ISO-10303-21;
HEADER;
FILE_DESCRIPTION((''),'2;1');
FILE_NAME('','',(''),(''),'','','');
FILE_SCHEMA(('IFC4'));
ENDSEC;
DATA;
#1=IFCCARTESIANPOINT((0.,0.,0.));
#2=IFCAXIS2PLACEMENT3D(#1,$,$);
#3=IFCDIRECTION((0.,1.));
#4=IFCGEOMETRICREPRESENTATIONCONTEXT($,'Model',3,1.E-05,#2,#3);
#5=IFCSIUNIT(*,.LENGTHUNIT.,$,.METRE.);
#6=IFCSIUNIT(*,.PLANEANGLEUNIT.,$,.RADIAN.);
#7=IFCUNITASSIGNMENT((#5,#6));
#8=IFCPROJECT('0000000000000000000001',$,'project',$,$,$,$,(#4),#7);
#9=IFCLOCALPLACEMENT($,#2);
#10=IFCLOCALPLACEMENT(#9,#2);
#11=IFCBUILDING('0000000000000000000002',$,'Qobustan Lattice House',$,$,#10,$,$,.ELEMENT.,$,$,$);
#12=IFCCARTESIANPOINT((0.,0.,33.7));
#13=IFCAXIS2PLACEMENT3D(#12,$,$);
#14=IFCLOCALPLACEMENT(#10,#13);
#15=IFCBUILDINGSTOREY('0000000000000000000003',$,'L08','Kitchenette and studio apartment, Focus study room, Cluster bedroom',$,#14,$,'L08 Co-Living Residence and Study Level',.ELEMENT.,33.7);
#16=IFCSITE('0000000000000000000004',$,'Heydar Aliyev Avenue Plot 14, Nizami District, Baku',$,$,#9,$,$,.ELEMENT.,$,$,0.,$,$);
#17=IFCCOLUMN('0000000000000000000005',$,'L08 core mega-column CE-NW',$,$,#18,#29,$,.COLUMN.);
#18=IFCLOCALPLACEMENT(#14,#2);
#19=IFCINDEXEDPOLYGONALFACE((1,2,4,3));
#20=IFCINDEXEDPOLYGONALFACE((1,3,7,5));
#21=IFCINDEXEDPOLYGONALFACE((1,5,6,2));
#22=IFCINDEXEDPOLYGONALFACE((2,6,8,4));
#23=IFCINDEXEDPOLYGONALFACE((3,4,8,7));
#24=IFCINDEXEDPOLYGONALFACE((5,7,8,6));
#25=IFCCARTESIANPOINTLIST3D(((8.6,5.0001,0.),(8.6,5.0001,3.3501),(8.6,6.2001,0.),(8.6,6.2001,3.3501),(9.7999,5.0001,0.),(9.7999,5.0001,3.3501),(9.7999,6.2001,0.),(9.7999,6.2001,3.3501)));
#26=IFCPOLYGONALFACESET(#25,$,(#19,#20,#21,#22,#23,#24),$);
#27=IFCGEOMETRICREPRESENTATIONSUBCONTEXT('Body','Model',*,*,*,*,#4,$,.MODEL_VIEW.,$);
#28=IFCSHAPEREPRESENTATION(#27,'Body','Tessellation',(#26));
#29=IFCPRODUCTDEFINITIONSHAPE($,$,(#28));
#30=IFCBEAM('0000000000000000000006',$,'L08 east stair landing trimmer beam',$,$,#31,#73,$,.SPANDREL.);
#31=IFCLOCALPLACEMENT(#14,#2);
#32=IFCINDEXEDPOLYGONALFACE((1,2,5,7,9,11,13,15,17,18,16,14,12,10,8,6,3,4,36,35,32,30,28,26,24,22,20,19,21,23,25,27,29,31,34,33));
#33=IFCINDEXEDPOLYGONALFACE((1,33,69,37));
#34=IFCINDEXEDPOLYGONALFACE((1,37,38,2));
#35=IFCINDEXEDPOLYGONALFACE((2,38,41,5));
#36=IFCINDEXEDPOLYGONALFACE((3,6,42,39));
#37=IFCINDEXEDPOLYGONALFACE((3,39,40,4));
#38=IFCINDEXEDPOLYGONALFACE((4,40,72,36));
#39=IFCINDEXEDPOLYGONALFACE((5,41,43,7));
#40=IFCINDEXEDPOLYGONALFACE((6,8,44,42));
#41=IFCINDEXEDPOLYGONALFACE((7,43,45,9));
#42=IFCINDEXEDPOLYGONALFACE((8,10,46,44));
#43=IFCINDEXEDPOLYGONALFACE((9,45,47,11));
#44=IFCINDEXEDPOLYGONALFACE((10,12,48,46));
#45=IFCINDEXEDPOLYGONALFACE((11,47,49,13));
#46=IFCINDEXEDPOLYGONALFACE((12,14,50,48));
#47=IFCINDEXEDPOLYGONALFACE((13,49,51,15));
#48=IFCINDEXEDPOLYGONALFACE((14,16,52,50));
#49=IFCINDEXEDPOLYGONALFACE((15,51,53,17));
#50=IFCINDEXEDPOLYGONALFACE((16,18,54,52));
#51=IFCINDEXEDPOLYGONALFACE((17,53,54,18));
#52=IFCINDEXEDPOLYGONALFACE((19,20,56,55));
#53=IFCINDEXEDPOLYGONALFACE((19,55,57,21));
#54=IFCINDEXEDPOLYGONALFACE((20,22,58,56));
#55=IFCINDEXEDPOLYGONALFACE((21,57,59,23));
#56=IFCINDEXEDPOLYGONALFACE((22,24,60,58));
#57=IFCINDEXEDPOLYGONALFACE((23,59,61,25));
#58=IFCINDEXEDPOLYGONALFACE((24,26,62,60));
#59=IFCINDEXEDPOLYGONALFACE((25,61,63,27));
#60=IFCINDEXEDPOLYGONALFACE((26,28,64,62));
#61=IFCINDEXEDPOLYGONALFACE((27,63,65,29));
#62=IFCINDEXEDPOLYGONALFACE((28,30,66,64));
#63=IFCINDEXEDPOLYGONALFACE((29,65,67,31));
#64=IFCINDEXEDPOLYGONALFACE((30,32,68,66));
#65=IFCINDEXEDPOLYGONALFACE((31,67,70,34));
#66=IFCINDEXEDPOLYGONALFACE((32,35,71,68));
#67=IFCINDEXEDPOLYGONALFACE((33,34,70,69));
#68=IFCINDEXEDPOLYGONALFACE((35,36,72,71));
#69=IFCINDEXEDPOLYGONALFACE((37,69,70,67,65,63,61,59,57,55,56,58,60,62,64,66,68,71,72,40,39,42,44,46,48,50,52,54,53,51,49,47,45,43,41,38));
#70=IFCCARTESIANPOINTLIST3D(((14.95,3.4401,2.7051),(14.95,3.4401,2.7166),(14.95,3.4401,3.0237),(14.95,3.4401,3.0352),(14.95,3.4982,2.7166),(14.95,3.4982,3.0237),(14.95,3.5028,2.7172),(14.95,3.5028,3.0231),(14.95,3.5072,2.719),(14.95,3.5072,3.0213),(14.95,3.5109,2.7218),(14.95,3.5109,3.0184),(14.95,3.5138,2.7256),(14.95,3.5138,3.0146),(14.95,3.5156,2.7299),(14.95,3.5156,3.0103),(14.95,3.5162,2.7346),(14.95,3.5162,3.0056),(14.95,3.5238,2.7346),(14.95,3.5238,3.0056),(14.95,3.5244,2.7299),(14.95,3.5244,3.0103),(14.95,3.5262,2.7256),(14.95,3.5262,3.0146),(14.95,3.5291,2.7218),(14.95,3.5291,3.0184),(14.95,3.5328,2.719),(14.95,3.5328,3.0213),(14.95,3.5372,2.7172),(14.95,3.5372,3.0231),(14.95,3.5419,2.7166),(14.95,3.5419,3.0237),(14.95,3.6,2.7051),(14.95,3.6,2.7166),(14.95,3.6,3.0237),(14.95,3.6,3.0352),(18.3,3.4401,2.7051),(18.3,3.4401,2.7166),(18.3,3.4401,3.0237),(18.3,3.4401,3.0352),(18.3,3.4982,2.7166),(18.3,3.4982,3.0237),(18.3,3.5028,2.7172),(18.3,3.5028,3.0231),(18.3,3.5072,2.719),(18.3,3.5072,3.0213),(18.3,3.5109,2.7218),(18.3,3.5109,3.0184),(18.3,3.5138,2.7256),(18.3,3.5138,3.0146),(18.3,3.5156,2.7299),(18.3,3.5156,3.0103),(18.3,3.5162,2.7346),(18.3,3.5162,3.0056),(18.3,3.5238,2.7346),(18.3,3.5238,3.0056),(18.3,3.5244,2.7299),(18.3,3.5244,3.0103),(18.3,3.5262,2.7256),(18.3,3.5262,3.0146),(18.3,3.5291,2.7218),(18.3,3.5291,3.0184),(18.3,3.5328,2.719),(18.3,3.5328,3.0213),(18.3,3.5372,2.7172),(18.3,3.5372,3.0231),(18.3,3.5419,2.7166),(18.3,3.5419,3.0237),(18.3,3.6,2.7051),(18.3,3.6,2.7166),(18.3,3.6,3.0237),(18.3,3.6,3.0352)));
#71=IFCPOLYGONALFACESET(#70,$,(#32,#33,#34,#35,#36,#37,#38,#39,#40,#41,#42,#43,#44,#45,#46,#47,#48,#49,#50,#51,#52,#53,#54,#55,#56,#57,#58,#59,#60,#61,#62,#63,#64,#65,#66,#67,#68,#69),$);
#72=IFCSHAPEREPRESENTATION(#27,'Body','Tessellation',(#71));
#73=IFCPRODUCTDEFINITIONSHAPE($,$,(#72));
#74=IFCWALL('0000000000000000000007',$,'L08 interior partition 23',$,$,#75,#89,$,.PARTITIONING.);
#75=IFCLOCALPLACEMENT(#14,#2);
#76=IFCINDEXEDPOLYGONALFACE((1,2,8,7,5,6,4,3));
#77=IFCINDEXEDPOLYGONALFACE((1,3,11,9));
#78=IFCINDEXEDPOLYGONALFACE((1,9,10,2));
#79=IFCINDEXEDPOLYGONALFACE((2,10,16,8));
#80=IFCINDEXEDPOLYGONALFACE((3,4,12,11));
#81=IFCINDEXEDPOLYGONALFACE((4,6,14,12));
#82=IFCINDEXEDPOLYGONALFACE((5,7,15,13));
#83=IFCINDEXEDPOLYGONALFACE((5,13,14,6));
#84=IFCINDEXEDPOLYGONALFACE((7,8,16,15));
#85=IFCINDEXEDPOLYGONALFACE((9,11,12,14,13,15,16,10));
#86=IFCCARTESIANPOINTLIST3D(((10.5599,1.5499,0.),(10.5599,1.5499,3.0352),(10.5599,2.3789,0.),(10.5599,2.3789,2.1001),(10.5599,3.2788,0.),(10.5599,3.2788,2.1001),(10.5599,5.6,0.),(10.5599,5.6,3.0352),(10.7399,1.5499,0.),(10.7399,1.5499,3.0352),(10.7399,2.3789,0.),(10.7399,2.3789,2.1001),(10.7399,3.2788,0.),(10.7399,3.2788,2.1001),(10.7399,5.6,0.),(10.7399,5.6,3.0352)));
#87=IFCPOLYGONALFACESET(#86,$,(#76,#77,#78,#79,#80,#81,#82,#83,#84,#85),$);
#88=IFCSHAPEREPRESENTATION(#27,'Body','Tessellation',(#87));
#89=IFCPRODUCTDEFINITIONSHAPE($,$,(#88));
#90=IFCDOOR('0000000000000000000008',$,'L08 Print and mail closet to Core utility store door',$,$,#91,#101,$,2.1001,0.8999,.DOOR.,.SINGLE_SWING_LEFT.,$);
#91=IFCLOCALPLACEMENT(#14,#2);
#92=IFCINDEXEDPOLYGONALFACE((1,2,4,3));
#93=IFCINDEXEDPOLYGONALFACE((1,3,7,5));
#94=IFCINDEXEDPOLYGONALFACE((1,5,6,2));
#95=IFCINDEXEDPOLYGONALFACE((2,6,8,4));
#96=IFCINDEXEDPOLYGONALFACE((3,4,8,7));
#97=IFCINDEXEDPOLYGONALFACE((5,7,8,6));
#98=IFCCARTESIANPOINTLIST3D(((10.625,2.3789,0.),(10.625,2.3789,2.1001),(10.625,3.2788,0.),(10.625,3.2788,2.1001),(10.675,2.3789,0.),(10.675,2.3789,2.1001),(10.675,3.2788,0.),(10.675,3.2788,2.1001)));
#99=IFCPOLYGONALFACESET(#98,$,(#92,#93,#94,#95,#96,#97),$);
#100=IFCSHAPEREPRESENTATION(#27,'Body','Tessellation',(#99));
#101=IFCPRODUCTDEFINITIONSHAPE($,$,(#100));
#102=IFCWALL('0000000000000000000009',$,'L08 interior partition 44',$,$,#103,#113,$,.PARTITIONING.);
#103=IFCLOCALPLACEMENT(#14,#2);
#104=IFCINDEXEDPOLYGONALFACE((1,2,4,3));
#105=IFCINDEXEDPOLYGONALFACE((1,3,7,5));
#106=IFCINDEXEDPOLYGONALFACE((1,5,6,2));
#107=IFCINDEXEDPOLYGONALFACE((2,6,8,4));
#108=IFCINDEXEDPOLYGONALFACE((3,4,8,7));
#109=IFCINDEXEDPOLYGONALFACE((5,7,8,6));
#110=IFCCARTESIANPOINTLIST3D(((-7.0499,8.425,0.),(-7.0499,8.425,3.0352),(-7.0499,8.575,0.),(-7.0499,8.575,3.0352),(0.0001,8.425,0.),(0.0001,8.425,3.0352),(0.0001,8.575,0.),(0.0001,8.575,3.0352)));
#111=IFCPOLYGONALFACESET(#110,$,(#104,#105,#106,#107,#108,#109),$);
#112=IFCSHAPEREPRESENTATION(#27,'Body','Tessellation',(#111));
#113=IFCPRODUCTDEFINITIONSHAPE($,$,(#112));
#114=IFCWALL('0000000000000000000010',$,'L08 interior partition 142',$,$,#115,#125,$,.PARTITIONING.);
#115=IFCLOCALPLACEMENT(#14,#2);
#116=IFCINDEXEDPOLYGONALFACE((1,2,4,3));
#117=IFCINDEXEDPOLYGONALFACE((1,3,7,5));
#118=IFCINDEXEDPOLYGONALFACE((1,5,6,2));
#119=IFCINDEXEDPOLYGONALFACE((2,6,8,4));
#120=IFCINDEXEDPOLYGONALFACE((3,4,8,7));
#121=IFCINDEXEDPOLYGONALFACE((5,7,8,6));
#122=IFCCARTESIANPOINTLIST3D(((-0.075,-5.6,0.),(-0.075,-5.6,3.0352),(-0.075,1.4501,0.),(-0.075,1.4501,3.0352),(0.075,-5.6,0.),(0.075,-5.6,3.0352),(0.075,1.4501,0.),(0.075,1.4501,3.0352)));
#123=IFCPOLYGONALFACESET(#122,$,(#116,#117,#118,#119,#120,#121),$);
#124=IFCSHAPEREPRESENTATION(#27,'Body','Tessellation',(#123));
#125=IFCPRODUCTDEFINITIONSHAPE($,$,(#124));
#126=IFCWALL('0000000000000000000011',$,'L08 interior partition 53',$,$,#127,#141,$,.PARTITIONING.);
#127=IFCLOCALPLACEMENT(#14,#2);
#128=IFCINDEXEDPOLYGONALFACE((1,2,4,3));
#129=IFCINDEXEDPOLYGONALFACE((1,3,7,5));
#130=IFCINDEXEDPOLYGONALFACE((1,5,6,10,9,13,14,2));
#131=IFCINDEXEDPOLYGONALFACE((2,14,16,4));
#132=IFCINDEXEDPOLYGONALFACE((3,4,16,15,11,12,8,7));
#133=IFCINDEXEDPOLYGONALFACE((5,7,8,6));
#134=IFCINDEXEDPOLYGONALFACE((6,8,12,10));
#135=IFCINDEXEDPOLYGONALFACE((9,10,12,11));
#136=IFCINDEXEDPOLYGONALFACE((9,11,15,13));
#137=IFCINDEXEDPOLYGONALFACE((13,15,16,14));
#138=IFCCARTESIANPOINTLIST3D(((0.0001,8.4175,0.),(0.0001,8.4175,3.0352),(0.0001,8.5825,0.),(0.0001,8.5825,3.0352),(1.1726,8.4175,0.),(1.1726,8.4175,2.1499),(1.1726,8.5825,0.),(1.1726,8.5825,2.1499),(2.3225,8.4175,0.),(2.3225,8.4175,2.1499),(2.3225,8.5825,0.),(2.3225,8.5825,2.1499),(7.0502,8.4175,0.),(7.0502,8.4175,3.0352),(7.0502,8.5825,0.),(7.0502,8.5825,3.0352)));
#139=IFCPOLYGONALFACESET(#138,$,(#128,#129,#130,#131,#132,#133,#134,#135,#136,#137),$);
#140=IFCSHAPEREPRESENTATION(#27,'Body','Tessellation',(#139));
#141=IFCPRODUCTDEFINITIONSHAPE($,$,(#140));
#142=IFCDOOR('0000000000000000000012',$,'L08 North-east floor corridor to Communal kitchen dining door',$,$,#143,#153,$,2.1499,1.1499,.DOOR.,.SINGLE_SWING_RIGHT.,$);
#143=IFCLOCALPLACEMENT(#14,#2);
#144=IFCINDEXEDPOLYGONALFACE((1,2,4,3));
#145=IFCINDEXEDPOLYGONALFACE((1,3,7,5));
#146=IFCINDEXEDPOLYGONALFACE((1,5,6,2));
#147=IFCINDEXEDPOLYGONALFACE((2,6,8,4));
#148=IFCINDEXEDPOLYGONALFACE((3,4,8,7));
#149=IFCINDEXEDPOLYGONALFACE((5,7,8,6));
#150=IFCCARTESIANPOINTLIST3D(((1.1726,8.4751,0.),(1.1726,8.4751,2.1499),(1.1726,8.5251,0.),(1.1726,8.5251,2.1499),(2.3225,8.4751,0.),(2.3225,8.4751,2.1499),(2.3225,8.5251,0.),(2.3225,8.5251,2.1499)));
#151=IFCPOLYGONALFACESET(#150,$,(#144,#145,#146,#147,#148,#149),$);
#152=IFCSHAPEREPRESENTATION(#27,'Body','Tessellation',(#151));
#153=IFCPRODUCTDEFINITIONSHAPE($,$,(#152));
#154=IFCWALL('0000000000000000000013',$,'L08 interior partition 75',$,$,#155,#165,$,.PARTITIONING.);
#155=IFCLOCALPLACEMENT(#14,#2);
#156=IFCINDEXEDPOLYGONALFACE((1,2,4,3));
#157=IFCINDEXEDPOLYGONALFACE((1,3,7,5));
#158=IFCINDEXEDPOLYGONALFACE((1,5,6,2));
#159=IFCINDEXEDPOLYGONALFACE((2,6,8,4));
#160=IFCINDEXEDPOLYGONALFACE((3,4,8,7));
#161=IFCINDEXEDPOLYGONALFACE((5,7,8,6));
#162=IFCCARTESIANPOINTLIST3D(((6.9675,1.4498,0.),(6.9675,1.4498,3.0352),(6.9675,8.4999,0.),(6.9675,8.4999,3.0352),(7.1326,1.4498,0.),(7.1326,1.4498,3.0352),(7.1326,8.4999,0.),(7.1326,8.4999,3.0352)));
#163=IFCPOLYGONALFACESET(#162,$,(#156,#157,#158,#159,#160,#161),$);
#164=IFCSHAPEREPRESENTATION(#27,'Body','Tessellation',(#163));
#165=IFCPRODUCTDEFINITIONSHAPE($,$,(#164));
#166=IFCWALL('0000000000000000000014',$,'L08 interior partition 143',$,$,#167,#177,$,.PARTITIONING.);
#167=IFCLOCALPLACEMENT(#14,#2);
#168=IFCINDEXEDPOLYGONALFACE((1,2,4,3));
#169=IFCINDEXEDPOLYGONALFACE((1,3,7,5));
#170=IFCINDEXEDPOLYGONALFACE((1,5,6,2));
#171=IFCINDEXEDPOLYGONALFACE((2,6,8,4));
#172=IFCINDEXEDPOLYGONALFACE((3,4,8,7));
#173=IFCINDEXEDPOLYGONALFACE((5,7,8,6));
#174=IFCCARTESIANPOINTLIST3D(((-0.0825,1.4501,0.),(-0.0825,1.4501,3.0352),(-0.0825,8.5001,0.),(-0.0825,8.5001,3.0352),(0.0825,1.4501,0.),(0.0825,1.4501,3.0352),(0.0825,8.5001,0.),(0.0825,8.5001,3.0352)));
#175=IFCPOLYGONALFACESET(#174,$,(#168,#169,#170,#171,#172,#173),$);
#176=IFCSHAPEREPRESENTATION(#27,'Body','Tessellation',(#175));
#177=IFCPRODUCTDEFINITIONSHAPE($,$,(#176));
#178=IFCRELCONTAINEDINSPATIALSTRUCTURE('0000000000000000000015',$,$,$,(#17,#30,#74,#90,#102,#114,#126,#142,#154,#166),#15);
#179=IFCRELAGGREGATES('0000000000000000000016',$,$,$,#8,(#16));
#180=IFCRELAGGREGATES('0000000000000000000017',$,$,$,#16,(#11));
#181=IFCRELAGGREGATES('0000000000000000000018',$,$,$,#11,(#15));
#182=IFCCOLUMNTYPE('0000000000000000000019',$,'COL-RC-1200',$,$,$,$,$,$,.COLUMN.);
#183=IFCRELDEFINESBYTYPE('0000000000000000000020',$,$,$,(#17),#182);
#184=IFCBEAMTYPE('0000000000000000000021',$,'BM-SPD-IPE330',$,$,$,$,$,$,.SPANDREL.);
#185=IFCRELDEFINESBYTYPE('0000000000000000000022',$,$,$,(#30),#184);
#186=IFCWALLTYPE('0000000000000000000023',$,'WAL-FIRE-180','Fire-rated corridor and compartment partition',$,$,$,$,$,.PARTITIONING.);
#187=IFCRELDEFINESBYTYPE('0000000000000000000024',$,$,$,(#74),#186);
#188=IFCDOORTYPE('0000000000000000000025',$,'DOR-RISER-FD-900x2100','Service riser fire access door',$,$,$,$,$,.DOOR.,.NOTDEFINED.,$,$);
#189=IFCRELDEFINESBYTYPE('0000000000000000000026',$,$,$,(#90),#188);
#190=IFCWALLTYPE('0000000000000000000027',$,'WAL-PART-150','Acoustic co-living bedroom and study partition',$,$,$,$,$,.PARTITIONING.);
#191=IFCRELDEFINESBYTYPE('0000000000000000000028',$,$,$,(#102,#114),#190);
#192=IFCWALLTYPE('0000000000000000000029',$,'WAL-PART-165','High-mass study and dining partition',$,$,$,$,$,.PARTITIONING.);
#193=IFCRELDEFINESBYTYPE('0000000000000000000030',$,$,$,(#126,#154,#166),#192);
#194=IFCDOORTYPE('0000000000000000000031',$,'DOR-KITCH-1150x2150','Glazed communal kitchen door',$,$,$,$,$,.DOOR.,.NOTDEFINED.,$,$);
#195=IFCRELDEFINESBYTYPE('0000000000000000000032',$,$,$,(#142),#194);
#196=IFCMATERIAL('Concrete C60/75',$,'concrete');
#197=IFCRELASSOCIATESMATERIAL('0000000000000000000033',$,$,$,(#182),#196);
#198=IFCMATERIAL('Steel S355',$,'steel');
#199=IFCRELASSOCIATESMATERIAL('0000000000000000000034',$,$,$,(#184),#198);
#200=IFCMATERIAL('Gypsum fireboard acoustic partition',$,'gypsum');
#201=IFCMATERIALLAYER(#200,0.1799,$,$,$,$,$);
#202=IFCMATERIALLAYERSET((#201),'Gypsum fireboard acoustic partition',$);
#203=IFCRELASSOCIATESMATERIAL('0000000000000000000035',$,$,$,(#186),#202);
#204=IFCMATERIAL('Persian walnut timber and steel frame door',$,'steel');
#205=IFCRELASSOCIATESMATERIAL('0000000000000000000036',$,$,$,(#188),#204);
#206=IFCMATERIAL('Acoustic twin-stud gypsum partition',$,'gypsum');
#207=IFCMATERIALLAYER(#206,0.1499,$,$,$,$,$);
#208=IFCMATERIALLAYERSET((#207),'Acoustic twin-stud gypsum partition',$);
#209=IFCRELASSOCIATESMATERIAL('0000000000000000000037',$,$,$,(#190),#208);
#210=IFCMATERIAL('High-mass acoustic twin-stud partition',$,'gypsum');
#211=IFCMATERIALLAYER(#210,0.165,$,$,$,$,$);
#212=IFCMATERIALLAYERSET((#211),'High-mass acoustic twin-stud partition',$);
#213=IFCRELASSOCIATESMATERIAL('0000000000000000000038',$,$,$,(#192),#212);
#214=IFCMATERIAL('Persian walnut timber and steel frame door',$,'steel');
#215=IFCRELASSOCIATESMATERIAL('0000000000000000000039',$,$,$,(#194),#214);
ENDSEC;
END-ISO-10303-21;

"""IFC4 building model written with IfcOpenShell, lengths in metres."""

from ifc_helpers import new_model, si_unit, direction, frame, frame_2d, origin, origin_2d, place, context, subcontext, project, spatial, rectangle, i_section, extrude, material, layer, layer_set, material_profile, profile_set, type_object, element, fill, save


model = new_model("IFC4")

# Units and contexts
model_context = context("Model", 3, precision=1e-05, world=origin(), true_north=direction((0.0, 1.0)))
body_context = subcontext(model_context, "Body", "Model", "MODEL_VIEW")
ifc_project = project(units=[si_unit("LENGTHUNIT", "METRE"), si_unit("PLANEANGLEUNIT", "RADIAN")], contexts=[model_context])

# Site, building, storey
site_placement = place(None, origin())
site = spatial("IfcSite", under=ifc_project, at=site_placement, Name="Heydar Aliyev Avenue Plot 14, Nizami District, Baku", CompositionType="ELEMENT", RefElevation=0.0)
building_placement = place(site_placement, origin())
building = spatial("IfcBuilding", under=site, at=building_placement, Name="Qobustan Lattice House", CompositionType="ELEMENT")
storey_placement = place(building_placement, frame((0.0, 0.0, 33.7)))
storey = spatial("IfcBuildingStorey", under=building, at=storey_placement, Name="L08", Description="Kitchenette and studio apartment, Focus study room, Cluster bedroom", LongName="L08 Co-Living Residence and Study Level", CompositionType="ELEMENT", Elevation=33.7)

# Column
ifc_material_1 = material(Name="Concrete C60/75", Category="concrete")
ifc_material_profile_1 = material_profile(ifc_material_1, rectangle(XDim=1.2, YDim=1.2, at=origin_2d()), Name="RC1200x1200")
ifc_profile_set_1 = profile_set([ifc_material_profile_1], Name="Concrete C60/75")
column_type = type_object("IfcColumnType", Name="COL-RC-1200", PredefinedType="COLUMN", material=ifc_profile_set_1)
column_placement = place(storey_placement, frame((9.2, 5.6001, 0.0), z_axis=(0.0, 0.0, 1.0), x_axis=(1.0, 0.0, 0.0)))
element("IfcColumn", 1, at=column_placement, inside=storey, type_object=column_type, Name="L08 core mega-column CE-NW", PredefinedType="COLUMN", context=body_context, shape_type="SweptSolid", body=[
    extrude(rectangle(XDim=1.2, YDim=1.2, at=origin_2d()), origin(), (0.0, 0.0, 1.0), 3.3501),
])

# Beam
ifc_material_2 = material(Name="Steel S355", Category="steel")
ifc_material_profile_2 = material_profile(ifc_material_2, i_section(OverallWidth=0.1599, OverallDepth=0.3301, WebThickness=0.0076, FlangeThickness=0.0115, FilletRadius=0.0181, at=origin_2d()), Name="IPE330")
ifc_profile_set_2 = profile_set([ifc_material_profile_2], Name="Steel S355")
beam_type = type_object("IfcBeamType", Name="BM-SPD-IPE330", PredefinedType="SPANDREL", material=ifc_profile_set_2)
beam_placement = place(storey_placement, frame((14.95, 3.52, 2.8701), z_axis=(1.0, 0.0, 0.0), x_axis=(0.0, 1.0, 0.0)))
element("IfcBeam", 2, at=beam_placement, inside=storey, type_object=beam_type, Name="L08 east stair landing trimmer beam", PredefinedType="SPANDREL", context=body_context, shape_type="SweptSolid", body=[
    extrude(i_section(OverallWidth=0.1599, OverallDepth=0.3301, WebThickness=0.0076, FlangeThickness=0.0115, FilletRadius=0.0181, at=origin_2d()), origin(), (0.0, 0.0, 1.0), 3.3501),
])

# Wall, opening, door
ifc_material_3 = material(Name="Gypsum fireboard acoustic partition", Category="gypsum")
ifc_layer_1 = layer(ifc_material_3, 0.1799)
ifc_layer_set_1 = layer_set([ifc_layer_1], Name="Gypsum fireboard acoustic partition")
wall_type_1 = type_object("IfcWallType", Name="WAL-FIRE-180", Description="Fire-rated corridor and compartment partition", PredefinedType="PARTITIONING", material=ifc_layer_set_1)
wall_1_placement = place(storey_placement, frame((10.6499, 1.55, 0.0), z_axis=(0.0, 0.0, 1.0), x_axis=(0.0, 1.0, 0.0)))
wall_1 = element("IfcWall", 3, at=wall_1_placement, inside=storey, type_object=wall_type_1, Name="L08 interior partition 23", PredefinedType="PARTITIONING", context=body_context, shape_type="SweptSolid", body=[
    extrude(rectangle(XDim=4.05, YDim=0.1799, at=frame_2d((2.0249, 0.0))), origin(), (0.0, 0.0, 1.0), 3.0352),
])
opening_1_placement = place(wall_1_placement, frame((0.8289, 0.0, 0.0)))
opening_1 = element("IfcOpeningElement", 4, at=opening_1_placement, cuts=wall_1, PredefinedType="OPENING", context=body_context, shape_type="SweptSolid", body=[
    extrude(rectangle(XDim=0.8999, YDim=2.1001, at=frame_2d((0.45, 1.05))), frame((0.0, 0.0999, 0.0), z_axis=(0.0, -1.0, 0.0), x_axis=(1.0, 0.0, 0.0)), (0.0, 0.0, 1.0), 0.2),
])
ifc_material_4 = material(Name="Persian walnut timber and steel frame door", Category="steel")
door_type_1 = type_object("IfcDoorType", Name="DOR-RISER-FD-900x2100", Description="Service riser fire access door", OperationType="NOTDEFINED", PredefinedType="DOOR", material=ifc_material_4)
door_1_placement = place(opening_1_placement, origin())
door_1 = element("IfcDoor", 5, at=door_1_placement, inside=storey, type_object=door_type_1, Name="L08 Print and mail closet to Core utility store door", OperationType="SINGLE_SWING_LEFT", OverallHeight=2.1001, OverallWidth=0.8999, PredefinedType="DOOR", context=body_context, shape_type="SweptSolid", body=[
    extrude(rectangle(XDim=0.8999, YDim=2.1001, at=frame_2d((0.45, 1.05))), frame((0.0, 0.0249, 0.0), z_axis=(0.0, -1.0, 0.0), x_axis=(1.0, 0.0, 0.0)), (0.0, 0.0, 1.0), 0.05),
])
fill(opening_1, door_1)

# Walls
ifc_material_5 = material(Name="Acoustic twin-stud gypsum partition", Category="gypsum")
ifc_layer_2 = layer(ifc_material_5, 0.1499)
ifc_layer_set_2 = layer_set([ifc_layer_2], Name="Acoustic twin-stud gypsum partition")
wall_type_2 = type_object("IfcWallType", Name="WAL-PART-150", Description="Acoustic co-living bedroom and study partition", PredefinedType="PARTITIONING", material=ifc_layer_set_2)
for number, where, z_axis, x_axis, name in (
    (6, (0.0, 8.5, 0.0), (0.0, 0.0, 1.0), (-1.0, 0.0, 0.0), "L08 interior partition 44"),
    (7, (0.0, 1.45, 0.0), (0.0, 0.0, 1.0), (0.0, -1.0, 0.0), "L08 interior partition 142"),
):
    element("IfcWall", number, at=place(storey_placement, frame(where, z_axis=z_axis, x_axis=x_axis)), inside=storey, type_object=wall_type_2, Name=name, PredefinedType="PARTITIONING", context=body_context, shape_type="SweptSolid", body=[
        extrude(rectangle(XDim=7.05, YDim=0.1499, at=frame_2d((3.5249, 0.0))), origin(), (0.0, 0.0, 1.0), 3.0352),
    ])

# Wall, opening, door
ifc_material_6 = material(Name="High-mass acoustic twin-stud partition", Category="gypsum")
ifc_layer_3 = layer(ifc_material_6, 0.165)
ifc_layer_set_3 = layer_set([ifc_layer_3], Name="High-mass acoustic twin-stud partition")
wall_type_3 = type_object("IfcWallType", Name="WAL-PART-165", Description="High-mass study and dining partition", PredefinedType="PARTITIONING", material=ifc_layer_set_3)
wall_2_placement = place(storey_placement, frame((7.05, 8.5, 0.0), z_axis=(0.0, 0.0, 1.0), x_axis=(-1.0, 0.0, 0.0)))
wall_2 = element("IfcWall", 8, at=wall_2_placement, inside=storey, type_object=wall_type_3, Name="L08 interior partition 53", PredefinedType="PARTITIONING", context=body_context, shape_type="SweptSolid", body=[
    extrude(rectangle(XDim=7.05, YDim=0.165, at=frame_2d((3.5249, 0.0))), origin(), (0.0, 0.0, 1.0), 3.0352),
])
opening_2_placement = place(wall_2_placement, frame((4.7275, 0.0, 0.0)))
opening_2 = element("IfcOpeningElement", 9, at=opening_2_placement, cuts=wall_2, PredefinedType="OPENING", context=body_context, shape_type="SweptSolid", body=[
    extrude(rectangle(XDim=1.1499, YDim=2.1499, at=frame_2d((0.575, 1.075))), frame((0.0, 0.0925, 0.0), z_axis=(0.0, -1.0, 0.0), x_axis=(1.0, 0.0, 0.0)), (0.0, 0.0, 1.0), 0.1851),
])
ifc_material_7 = material(Name="Persian walnut timber and steel frame door", Category="steel")
door_type_2 = type_object("IfcDoorType", Name="DOR-KITCH-1150x2150", Description="Glazed communal kitchen door", OperationType="NOTDEFINED", PredefinedType="DOOR", material=ifc_material_7)
door_2_placement = place(opening_2_placement, origin())
door_2 = element("IfcDoor", 10, at=door_2_placement, inside=storey, type_object=door_type_2, Name="L08 North-east floor corridor to Communal kitchen dining door", OperationType="SINGLE_SWING_RIGHT", OverallHeight=2.1499, OverallWidth=1.1499, PredefinedType="DOOR", context=body_context, shape_type="SweptSolid", body=[
    extrude(rectangle(XDim=1.1499, YDim=2.1499, at=frame_2d((0.575, 1.075))), frame((0.0, 0.0249, 0.0), z_axis=(0.0, -1.0, 0.0), x_axis=(1.0, 0.0, 0.0)), (0.0, 0.0, 1.0), 0.05),
])
fill(opening_2, door_2)

# Walls
for number, where, z_axis, x_axis, name in (
    (11, (7.05, 1.45, 0.0), (0.0, 0.0, 1.0), (0.0, 1.0, 0.0), "L08 interior partition 75"),
    (12, (0.0, 8.5, 0.0), (0.0, 0.0, 1.0), (0.0, -1.0, 0.0), "L08 interior partition 143"),
):
    element("IfcWall", number, at=place(storey_placement, frame(where, z_axis=z_axis, x_axis=x_axis)), inside=storey, type_object=wall_type_3, Name=name, PredefinedType="PARTITIONING", context=body_context, shape_type="SweptSolid", body=[
        extrude(rectangle(XDim=7.05, YDim=0.165, at=frame_2d((3.5249, 0.0))), origin(), (0.0, 0.0, 1.0), 3.0352),
    ])

save(model, "model.ifc")
